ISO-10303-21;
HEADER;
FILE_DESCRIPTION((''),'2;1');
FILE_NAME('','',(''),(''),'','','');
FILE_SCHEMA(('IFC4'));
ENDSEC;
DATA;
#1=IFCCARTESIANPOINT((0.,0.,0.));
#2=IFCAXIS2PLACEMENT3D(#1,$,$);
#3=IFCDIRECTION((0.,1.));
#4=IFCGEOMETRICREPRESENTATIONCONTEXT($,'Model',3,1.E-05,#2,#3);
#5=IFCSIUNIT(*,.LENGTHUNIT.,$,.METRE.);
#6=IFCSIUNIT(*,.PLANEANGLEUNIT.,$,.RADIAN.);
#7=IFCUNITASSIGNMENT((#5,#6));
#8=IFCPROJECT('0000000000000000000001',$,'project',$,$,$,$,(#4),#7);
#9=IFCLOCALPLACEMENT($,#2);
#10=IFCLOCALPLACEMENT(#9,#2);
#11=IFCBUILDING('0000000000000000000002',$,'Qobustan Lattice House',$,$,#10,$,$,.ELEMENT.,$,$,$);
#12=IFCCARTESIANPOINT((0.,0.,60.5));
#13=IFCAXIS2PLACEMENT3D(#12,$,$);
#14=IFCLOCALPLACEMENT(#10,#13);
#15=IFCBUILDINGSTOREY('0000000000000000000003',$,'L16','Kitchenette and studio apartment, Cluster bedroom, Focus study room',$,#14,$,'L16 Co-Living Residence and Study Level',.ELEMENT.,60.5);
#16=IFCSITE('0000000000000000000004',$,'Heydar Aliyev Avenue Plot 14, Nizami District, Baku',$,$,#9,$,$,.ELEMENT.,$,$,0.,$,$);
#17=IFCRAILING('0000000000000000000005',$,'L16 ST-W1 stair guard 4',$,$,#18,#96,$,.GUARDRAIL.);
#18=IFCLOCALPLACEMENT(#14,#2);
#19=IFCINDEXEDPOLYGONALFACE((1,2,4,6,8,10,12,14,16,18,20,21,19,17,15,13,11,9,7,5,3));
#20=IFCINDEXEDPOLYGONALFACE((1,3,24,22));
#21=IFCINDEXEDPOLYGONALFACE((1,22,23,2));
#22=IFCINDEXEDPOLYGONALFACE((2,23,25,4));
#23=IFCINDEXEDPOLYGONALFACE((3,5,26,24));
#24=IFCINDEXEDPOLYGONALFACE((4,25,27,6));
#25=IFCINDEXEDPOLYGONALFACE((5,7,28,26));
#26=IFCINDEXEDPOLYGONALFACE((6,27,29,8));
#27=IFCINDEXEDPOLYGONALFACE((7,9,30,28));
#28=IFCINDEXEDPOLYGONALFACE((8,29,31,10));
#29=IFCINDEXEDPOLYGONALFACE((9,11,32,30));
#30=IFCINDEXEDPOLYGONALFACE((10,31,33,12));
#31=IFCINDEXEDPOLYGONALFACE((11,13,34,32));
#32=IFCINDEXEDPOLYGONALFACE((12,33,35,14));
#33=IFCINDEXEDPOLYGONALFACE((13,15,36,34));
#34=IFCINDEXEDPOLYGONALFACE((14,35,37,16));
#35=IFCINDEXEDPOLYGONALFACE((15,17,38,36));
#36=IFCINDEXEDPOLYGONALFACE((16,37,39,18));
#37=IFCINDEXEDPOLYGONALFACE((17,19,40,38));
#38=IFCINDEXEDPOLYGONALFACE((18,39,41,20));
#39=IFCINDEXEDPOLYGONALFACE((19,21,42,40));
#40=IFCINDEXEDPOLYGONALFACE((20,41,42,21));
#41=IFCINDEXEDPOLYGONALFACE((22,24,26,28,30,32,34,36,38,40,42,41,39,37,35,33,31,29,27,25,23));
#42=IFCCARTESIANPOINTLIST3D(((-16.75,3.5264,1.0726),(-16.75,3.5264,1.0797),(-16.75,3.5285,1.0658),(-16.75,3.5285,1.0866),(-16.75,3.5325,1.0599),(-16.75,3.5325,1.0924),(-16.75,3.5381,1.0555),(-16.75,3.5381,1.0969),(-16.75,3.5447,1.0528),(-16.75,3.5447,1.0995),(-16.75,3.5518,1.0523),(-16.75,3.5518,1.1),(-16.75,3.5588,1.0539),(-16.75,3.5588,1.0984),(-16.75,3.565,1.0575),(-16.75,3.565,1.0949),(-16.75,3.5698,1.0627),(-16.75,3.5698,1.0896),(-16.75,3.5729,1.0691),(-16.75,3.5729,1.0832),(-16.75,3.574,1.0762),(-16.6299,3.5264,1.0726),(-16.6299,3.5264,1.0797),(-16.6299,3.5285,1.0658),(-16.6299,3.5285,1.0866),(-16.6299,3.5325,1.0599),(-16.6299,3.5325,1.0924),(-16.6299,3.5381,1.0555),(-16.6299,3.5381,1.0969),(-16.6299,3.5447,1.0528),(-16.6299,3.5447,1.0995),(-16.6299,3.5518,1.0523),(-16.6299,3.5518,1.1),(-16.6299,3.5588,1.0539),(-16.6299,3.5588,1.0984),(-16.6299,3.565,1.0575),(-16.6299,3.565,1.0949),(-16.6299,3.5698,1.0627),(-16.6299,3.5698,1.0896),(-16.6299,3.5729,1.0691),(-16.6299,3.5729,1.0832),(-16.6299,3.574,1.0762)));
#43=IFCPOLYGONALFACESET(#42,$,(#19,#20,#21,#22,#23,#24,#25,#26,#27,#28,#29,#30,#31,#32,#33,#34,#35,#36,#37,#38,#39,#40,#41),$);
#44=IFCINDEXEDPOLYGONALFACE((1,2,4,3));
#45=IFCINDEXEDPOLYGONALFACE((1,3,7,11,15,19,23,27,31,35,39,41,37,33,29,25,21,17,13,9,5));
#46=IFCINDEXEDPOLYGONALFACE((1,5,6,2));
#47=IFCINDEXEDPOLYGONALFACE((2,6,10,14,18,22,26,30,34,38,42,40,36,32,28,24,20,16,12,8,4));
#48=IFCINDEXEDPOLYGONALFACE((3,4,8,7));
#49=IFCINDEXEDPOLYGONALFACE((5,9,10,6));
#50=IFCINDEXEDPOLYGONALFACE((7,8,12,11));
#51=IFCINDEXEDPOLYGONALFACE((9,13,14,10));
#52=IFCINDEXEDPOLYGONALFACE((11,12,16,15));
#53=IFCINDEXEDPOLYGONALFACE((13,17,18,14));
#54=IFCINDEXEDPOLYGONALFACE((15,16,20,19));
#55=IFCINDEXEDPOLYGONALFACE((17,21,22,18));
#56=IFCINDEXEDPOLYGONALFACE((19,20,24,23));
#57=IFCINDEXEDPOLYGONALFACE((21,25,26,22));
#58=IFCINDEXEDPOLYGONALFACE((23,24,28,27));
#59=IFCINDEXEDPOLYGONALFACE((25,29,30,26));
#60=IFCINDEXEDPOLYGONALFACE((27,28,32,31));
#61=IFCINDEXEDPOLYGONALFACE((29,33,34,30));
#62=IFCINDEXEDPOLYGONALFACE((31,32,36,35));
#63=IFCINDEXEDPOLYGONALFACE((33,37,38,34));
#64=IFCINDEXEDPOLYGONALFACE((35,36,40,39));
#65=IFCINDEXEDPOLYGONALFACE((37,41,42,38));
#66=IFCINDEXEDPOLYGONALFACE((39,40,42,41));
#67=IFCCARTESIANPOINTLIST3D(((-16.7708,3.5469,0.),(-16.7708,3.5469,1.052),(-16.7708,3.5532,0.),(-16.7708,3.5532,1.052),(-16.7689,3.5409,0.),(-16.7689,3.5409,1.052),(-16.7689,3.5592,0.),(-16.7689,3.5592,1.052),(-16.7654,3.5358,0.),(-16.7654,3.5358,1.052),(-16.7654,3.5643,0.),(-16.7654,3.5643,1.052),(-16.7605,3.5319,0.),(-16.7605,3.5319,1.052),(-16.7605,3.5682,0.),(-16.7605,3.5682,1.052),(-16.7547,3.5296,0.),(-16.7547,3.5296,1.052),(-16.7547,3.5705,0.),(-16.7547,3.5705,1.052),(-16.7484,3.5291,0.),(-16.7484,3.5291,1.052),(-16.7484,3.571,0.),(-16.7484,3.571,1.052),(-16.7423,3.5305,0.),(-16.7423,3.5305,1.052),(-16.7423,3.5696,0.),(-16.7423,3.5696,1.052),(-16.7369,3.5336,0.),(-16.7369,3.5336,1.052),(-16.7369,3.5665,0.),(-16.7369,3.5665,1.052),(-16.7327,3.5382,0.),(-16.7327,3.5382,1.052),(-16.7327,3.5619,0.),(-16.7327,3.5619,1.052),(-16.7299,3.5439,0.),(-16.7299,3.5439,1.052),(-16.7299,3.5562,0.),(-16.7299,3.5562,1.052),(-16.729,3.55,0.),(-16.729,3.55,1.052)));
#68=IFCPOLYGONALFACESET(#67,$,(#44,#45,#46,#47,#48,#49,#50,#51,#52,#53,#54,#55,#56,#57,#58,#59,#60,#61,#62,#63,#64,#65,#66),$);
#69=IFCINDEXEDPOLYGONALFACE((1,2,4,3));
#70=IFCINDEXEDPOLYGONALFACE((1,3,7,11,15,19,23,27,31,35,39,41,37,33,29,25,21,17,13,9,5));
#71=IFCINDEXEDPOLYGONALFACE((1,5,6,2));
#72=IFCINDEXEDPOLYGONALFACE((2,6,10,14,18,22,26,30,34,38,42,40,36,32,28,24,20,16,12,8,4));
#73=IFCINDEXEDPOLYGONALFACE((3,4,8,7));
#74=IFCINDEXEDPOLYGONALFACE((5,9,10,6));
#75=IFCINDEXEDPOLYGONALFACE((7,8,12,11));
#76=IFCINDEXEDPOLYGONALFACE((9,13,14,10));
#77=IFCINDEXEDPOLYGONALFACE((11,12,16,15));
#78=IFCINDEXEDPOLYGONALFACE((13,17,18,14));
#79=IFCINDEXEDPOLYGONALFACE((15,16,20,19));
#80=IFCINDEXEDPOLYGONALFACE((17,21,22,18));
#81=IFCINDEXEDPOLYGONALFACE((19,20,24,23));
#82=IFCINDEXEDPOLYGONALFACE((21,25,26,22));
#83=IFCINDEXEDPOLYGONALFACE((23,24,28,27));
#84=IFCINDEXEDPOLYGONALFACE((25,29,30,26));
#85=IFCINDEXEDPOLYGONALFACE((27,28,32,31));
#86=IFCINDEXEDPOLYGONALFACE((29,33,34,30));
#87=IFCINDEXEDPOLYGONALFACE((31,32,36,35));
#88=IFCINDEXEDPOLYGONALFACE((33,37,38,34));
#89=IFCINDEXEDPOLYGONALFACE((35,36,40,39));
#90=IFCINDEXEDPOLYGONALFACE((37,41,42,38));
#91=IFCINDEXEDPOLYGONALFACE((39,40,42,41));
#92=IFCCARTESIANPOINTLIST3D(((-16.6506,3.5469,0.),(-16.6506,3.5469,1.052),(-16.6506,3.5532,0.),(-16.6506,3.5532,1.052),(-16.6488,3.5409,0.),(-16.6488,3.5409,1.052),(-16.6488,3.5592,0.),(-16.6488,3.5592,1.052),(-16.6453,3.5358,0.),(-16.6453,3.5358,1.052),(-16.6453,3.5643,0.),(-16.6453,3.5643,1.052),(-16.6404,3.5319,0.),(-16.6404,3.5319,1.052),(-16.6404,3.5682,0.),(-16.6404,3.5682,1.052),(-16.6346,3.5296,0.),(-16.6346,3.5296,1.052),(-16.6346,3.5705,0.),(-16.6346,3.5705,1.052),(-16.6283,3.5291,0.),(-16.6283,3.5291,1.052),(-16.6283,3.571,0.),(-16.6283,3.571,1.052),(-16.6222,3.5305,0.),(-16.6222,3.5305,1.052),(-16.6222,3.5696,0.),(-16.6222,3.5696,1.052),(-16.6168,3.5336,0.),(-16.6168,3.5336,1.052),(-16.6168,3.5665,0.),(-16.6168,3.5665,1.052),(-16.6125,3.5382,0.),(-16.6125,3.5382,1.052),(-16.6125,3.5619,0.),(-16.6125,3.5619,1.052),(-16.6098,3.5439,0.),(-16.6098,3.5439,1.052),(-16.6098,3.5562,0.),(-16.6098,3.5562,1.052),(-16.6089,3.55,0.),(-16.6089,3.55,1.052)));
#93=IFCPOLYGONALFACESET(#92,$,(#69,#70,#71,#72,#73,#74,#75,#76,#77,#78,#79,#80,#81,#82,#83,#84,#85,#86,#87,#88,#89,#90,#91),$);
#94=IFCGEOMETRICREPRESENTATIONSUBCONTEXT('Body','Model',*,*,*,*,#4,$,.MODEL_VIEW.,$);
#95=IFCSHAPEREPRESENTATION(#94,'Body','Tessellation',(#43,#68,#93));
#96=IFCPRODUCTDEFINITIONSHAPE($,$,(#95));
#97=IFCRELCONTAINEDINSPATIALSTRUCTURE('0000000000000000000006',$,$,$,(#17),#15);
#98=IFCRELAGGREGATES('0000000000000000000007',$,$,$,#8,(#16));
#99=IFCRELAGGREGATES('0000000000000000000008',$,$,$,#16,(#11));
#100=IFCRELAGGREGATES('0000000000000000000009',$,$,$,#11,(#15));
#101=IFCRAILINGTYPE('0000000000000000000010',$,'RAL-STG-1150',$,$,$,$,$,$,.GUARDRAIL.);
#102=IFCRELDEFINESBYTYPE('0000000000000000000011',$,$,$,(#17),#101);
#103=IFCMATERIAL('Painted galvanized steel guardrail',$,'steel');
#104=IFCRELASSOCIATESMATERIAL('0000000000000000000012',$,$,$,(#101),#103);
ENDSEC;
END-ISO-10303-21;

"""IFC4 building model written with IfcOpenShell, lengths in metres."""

from ifc_helpers import new_model, si_unit, direction, frame, origin, origin_2d, place, context, subcontext, project, spatial, circle, extrude, material, type_object, element, save


model = new_model("IFC4")

# Units and contexts
model_context = context("Model", 3, precision=1e-05, world=origin(), true_north=direction((0.0, 1.0)))
body_context = subcontext(model_context, "Body", "Model", "MODEL_VIEW")
ifc_project = project(units=[si_unit("LENGTHUNIT", "METRE"), si_unit("PLANEANGLEUNIT", "RADIAN")], contexts=[model_context])

# Site, building, storey
site_placement = place(None, origin())
site = spatial("IfcSite", under=ifc_project, at=site_placement, Name="Heydar Aliyev Avenue Plot 14, Nizami District, Baku", CompositionType="ELEMENT", RefElevation=0.0)
building_placement = place(site_placement, origin())
building = spatial("IfcBuilding", under=site, at=building_placement, Name="Qobustan Lattice House", CompositionType="ELEMENT")
storey_placement = place(building_placement, frame((0.0, 0.0, 60.5)))
storey = spatial("IfcBuildingStorey", under=building, at=storey_placement, Name="L16", Description="Kitchenette and studio apartment, Cluster bedroom, Focus study room", LongName="L16 Co-Living Residence and Study Level", CompositionType="ELEMENT", Elevation=60.5)

# Railing
ifc_material_1 = material(Name="Painted galvanized steel guardrail", Category="steel")
railing_type_1 = type_object("IfcRailingType", Name="RAL-STG-1150", PredefinedType="GUARDRAIL", material=ifc_material_1)
railing_1_placement = place(storey_placement, frame((-16.75, 3.55, 0.0)))
element("IfcRailing", 1, at=railing_1_placement, inside=storey, type_object=railing_type_1, Name="L16 ST-W1 stair guard 4", PredefinedType="GUARDRAIL", context=body_context, shape_type="SweptSolid", body=[
    extrude(circle(Radius=0.0239, at=origin_2d()), frame((0.0, 0.0, 1.0762), z_axis=(1.0, 0.0, 0.0), x_axis=(0.0, 1.0, 0.0)), (0.0, 0.0, 1.0), 0.1201),
    extrude(circle(Radius=0.021, at=origin_2d()), origin(), (0.0, 0.0, 1.0), 1.052),
    extrude(circle(Radius=0.021, at=origin_2d()), frame((0.1201, 0.0, 0.0)), (0.0, 0.0, 1.0), 1.052),
])

save(model, "model.ifc")
